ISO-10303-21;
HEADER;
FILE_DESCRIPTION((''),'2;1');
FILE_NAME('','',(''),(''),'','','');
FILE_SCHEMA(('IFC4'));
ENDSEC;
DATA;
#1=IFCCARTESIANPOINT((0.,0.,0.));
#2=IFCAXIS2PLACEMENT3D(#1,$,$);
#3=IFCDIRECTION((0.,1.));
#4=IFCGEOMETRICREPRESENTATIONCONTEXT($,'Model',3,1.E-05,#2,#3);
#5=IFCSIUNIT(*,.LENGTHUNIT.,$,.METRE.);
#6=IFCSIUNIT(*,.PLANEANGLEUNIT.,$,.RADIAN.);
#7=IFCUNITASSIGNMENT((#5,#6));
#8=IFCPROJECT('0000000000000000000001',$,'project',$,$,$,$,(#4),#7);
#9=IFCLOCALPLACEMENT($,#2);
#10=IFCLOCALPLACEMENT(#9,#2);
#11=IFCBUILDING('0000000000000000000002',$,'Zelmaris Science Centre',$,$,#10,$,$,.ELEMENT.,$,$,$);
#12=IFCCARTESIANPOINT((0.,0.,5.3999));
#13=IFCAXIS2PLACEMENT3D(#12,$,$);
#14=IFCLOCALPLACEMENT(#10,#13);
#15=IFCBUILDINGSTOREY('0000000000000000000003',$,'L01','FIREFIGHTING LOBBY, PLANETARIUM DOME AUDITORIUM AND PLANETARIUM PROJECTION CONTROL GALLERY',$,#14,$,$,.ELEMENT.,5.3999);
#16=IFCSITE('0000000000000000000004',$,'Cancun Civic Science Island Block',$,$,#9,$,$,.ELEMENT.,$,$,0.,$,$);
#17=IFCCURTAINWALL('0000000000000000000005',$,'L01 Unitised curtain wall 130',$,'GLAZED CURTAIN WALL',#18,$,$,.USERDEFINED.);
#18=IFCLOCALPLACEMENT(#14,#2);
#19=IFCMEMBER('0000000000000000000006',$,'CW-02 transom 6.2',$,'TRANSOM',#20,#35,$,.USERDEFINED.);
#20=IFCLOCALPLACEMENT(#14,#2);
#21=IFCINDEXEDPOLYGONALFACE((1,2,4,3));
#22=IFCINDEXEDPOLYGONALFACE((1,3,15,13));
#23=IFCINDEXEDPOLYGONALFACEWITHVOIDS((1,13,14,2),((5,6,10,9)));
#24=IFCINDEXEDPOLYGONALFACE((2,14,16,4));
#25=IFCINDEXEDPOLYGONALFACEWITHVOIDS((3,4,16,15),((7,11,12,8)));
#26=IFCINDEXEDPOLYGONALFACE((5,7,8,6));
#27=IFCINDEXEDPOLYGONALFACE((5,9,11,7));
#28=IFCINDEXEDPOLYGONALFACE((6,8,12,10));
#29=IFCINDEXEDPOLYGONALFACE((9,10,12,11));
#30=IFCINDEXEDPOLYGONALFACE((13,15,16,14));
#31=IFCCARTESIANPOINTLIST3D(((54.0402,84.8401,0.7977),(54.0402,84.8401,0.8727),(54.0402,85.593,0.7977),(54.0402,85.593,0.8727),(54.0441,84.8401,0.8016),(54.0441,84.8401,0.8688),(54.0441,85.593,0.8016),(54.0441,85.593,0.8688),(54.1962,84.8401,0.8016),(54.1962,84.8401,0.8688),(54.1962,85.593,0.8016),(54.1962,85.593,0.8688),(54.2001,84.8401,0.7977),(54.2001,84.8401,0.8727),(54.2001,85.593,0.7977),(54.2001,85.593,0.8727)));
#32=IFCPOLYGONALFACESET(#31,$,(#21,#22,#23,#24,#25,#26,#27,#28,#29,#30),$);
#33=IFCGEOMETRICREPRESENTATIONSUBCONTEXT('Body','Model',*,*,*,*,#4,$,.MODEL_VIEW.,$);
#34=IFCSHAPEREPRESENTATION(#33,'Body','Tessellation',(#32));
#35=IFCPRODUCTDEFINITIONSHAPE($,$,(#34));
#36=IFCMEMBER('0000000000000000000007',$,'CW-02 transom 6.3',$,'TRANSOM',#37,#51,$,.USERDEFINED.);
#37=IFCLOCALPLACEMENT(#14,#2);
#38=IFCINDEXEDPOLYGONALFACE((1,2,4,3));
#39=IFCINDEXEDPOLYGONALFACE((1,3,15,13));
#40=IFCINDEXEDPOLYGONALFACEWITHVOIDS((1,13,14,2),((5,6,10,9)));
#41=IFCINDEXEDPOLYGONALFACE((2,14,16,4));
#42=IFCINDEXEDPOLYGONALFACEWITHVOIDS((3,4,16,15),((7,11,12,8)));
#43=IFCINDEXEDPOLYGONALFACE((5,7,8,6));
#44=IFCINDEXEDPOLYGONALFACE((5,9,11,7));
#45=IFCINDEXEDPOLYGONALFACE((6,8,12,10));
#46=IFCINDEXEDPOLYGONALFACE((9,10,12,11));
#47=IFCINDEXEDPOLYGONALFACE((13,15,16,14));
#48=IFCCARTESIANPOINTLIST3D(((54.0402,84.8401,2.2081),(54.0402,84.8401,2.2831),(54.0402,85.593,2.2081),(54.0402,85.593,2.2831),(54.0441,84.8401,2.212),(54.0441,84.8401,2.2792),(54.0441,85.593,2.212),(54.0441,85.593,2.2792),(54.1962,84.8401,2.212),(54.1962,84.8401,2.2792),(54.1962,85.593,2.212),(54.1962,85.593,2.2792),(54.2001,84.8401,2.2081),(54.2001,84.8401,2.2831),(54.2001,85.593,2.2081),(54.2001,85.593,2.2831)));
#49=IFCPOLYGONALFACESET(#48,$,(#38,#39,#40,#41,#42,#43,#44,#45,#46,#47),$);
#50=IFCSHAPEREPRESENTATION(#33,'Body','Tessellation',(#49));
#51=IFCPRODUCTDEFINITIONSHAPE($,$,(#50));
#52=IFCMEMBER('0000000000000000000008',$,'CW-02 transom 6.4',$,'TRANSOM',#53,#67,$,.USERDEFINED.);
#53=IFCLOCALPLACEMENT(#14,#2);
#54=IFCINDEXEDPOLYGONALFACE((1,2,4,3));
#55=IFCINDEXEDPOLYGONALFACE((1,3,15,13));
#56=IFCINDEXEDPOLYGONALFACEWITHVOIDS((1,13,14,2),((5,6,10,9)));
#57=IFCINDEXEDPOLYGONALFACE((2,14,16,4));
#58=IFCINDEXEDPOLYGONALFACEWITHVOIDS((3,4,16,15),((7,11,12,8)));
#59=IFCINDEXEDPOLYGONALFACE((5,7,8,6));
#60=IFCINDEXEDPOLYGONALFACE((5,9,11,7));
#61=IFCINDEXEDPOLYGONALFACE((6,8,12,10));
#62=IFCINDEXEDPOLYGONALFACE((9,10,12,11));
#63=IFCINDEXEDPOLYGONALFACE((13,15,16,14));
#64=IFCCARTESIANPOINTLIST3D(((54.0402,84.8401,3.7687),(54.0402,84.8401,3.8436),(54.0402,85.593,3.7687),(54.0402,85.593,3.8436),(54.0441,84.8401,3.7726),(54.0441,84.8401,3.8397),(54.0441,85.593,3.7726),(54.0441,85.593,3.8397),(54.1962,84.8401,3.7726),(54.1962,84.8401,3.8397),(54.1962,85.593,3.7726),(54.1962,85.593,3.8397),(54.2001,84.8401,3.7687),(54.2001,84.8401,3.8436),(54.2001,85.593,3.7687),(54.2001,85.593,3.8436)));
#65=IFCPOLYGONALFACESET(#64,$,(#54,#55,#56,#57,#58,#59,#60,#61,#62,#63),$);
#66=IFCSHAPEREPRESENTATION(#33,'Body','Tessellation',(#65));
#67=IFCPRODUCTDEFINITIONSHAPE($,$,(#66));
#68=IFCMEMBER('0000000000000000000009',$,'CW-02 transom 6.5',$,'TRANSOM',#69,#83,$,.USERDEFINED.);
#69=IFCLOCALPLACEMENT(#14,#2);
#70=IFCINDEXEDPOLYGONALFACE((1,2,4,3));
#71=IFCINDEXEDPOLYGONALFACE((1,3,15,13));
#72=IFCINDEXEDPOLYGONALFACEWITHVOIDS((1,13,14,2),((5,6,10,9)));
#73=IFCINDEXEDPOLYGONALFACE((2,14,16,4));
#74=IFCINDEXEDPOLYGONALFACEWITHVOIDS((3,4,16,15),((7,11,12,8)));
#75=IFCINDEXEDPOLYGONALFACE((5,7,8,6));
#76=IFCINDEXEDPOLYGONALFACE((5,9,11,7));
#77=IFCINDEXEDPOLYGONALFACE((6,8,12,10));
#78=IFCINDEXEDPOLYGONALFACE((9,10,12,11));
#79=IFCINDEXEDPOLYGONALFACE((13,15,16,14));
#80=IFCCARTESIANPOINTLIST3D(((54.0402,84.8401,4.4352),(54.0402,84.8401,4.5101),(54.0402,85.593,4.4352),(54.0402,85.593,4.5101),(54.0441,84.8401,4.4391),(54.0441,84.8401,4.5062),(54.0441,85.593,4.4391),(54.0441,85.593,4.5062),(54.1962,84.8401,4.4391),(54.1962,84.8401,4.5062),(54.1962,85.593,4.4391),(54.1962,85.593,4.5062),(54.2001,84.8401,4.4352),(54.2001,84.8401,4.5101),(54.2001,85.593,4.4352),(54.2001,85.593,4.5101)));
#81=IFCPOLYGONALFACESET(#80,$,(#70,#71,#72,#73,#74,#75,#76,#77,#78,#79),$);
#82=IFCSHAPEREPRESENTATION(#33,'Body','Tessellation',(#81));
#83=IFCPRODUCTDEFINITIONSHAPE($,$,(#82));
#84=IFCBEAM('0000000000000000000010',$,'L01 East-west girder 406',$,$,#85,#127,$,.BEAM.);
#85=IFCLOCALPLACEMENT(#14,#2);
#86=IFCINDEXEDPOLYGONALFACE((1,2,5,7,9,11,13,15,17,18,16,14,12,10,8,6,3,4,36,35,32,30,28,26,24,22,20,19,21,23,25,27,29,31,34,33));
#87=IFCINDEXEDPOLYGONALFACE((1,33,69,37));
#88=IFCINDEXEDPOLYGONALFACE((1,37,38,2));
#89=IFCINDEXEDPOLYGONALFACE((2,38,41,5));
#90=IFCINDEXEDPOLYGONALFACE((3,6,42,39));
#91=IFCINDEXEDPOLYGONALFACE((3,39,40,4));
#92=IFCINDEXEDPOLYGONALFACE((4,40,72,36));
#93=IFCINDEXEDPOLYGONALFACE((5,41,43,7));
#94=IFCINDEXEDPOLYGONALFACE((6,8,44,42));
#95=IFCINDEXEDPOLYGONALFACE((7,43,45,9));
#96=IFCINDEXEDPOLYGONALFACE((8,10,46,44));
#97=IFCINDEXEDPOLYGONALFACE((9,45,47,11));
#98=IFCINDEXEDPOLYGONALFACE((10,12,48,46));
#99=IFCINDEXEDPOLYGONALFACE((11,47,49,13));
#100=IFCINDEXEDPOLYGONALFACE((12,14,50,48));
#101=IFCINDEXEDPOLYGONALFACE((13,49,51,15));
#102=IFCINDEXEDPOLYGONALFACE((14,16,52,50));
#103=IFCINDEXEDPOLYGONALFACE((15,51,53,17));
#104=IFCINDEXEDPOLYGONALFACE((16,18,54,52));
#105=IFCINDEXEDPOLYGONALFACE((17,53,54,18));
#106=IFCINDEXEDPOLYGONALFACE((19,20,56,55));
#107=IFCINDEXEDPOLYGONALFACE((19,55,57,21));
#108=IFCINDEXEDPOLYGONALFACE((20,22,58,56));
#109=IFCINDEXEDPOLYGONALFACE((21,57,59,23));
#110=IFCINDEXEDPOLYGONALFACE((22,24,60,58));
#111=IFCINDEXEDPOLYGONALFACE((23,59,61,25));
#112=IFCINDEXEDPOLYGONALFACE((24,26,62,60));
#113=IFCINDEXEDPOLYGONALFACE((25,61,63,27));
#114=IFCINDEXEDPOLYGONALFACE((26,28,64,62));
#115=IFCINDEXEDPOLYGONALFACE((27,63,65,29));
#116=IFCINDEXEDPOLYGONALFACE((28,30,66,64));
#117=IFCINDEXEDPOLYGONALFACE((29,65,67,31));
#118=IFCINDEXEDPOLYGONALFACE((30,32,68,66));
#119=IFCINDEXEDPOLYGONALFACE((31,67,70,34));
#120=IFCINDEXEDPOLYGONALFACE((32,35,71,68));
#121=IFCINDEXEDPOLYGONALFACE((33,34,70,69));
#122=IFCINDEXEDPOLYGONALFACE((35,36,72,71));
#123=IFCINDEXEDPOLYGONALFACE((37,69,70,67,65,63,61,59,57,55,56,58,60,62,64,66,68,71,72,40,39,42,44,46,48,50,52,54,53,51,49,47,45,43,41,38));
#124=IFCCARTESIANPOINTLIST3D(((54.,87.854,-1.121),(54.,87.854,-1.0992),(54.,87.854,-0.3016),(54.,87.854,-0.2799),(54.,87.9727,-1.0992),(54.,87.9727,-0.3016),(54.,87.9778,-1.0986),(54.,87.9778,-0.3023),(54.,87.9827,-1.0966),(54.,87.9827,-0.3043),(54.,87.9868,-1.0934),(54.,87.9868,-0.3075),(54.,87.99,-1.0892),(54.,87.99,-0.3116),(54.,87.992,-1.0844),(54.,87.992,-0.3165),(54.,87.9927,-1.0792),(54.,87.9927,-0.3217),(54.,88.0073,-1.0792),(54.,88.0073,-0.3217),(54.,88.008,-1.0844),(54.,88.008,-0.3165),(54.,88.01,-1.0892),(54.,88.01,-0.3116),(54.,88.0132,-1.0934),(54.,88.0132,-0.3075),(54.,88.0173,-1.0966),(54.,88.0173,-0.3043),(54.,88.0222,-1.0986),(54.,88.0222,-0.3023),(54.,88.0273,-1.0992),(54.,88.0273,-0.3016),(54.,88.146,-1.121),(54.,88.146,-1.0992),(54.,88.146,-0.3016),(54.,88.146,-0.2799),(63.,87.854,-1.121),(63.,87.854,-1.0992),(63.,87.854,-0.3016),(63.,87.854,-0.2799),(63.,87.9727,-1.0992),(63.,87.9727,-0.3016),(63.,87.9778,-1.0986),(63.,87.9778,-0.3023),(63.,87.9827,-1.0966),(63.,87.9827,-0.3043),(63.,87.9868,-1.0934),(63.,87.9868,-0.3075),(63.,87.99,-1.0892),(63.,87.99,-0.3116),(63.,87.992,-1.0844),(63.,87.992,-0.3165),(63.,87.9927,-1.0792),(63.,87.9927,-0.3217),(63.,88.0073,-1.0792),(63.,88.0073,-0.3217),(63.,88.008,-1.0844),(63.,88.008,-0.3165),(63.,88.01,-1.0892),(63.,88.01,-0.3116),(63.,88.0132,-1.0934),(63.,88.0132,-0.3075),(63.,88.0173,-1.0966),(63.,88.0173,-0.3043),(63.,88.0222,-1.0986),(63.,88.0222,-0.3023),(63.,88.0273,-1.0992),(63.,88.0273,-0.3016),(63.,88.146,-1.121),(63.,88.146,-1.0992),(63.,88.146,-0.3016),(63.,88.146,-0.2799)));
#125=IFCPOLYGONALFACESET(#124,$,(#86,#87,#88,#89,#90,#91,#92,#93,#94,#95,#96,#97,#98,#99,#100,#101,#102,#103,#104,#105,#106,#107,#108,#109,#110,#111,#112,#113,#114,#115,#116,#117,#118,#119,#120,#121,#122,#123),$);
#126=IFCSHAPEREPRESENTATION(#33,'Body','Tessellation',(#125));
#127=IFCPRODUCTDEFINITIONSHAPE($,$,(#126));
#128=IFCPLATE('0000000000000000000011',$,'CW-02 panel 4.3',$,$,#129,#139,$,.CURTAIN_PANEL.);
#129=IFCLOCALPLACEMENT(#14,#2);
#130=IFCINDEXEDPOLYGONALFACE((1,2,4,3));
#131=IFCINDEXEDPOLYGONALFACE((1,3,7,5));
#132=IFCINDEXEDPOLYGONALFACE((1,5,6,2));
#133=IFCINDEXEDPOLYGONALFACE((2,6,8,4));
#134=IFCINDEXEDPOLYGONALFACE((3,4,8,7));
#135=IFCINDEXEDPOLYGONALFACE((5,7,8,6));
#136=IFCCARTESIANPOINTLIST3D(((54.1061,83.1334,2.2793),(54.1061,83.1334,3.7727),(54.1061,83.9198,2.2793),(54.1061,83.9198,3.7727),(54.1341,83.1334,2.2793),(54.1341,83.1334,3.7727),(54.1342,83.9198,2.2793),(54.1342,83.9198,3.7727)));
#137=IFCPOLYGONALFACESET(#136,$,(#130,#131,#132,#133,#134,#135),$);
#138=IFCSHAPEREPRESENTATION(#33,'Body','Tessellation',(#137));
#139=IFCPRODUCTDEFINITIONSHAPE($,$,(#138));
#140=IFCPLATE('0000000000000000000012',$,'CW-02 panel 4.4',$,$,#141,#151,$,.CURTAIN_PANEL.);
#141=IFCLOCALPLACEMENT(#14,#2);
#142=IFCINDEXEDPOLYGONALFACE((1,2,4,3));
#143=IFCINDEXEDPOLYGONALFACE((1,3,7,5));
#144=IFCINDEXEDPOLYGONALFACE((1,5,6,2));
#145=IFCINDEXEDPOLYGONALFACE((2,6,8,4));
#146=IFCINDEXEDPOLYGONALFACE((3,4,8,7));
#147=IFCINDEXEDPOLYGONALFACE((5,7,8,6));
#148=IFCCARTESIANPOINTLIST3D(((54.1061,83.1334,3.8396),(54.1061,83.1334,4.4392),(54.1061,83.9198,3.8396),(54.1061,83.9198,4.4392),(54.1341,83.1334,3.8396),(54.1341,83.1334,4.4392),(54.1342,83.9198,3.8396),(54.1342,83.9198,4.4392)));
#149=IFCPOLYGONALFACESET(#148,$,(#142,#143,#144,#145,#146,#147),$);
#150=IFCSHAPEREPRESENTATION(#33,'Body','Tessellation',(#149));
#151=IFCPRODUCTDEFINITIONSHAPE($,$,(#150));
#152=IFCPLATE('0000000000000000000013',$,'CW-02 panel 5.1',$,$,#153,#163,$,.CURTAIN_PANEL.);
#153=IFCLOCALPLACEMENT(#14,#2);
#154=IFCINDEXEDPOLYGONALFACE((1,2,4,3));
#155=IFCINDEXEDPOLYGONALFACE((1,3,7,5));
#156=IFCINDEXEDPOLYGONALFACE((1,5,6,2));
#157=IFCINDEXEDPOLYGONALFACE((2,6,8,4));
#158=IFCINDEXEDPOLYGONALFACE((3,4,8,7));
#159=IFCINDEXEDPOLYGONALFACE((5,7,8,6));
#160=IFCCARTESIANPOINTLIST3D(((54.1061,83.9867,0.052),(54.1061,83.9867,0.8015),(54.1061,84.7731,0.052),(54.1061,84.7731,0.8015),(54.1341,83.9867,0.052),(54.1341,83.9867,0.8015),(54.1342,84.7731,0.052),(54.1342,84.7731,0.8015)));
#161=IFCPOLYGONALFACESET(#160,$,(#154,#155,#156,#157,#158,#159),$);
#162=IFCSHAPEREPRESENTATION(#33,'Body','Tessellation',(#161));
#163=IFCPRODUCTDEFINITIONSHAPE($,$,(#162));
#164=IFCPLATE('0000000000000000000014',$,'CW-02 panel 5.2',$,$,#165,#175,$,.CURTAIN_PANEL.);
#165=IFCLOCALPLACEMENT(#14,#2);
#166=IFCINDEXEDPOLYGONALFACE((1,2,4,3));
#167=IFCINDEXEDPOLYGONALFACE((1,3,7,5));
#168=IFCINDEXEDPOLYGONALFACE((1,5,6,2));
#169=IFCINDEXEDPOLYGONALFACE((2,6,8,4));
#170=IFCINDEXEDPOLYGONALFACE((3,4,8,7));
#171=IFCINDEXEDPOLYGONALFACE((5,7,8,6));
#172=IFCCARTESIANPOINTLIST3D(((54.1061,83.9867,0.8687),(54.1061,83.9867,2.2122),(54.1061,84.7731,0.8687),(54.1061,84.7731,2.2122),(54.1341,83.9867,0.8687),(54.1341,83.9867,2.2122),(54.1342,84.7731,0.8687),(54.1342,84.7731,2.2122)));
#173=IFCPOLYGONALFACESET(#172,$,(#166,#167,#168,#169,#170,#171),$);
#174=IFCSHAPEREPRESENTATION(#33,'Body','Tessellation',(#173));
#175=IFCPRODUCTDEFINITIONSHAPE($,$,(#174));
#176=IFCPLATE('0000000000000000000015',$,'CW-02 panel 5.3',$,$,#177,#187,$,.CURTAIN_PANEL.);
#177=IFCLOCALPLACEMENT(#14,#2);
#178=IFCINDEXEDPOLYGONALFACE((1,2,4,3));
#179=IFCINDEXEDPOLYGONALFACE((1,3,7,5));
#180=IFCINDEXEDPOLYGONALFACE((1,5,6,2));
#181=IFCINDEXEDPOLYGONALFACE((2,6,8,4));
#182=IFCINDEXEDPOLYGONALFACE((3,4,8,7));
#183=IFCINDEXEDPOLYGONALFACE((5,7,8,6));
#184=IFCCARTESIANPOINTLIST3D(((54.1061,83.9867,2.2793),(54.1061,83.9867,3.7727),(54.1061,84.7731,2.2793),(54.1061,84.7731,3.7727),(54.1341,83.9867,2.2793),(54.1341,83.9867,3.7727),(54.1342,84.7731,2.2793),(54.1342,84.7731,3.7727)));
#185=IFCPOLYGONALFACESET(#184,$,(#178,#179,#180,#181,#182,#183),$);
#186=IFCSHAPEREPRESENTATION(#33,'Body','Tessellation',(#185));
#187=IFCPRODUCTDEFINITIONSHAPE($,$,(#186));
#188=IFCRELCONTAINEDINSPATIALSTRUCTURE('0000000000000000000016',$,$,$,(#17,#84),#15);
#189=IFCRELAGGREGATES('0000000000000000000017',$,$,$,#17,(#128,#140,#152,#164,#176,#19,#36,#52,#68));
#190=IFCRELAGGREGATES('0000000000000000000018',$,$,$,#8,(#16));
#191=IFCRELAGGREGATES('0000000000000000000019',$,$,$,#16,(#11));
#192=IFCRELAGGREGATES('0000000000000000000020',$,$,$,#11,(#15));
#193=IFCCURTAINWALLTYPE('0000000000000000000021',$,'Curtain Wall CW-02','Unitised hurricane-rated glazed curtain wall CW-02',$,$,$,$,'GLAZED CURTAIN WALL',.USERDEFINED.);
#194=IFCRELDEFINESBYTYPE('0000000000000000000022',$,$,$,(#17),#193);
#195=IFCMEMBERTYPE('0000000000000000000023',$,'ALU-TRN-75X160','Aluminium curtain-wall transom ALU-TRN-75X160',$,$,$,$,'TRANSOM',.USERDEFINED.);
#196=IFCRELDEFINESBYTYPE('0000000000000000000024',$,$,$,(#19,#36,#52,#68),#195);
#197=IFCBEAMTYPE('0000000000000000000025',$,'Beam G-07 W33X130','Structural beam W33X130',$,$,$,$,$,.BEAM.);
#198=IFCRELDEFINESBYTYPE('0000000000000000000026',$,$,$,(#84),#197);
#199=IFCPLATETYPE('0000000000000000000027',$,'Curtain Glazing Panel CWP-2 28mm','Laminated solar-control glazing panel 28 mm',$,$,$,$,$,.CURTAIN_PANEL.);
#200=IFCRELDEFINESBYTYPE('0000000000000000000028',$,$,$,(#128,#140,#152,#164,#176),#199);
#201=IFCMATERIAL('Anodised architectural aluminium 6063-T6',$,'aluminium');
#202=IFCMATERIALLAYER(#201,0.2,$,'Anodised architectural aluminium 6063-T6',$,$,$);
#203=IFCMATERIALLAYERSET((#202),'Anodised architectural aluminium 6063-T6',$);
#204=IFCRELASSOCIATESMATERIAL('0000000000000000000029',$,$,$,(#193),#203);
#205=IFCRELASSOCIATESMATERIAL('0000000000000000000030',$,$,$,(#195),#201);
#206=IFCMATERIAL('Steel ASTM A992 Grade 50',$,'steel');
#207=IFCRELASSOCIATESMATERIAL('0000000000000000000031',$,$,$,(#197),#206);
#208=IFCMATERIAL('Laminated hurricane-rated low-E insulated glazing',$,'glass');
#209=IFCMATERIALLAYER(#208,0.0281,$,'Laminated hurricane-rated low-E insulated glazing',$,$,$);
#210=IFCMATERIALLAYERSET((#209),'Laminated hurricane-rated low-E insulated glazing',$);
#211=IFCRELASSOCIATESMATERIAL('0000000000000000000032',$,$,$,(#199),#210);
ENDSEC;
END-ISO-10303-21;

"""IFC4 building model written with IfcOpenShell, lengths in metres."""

from ifc_helpers import new_model, si_unit, direction, frame, origin, origin_2d, place, context, subcontext, project, spatial, rectangle, hollow_rectangle, i_section, extrude, material, layer, layer_set, material_profile, profile_set, type_object, element, aggregate, save


model = new_model("IFC4")

# Units and contexts
model_context = context("Model", 3, precision=1e-05, world=origin(), true_north=direction((0.0, 1.0)))
body_context = subcontext(model_context, "Body", "Model", "MODEL_VIEW")
ifc_project = project(units=[si_unit("LENGTHUNIT", "METRE"), si_unit("PLANEANGLEUNIT", "RADIAN")], contexts=[model_context])

# Site, building, storey
site_placement = place(None, origin())
site = spatial("IfcSite", under=ifc_project, at=site_placement, Name="Cancun Civic Science Island Block", CompositionType="ELEMENT", RefElevation=0.0)
building_placement = place(site_placement, origin())
building = spatial("IfcBuilding", under=site, at=building_placement, Name="Zelmaris Science Centre", CompositionType="ELEMENT")
storey_placement = place(building_placement, frame((0.0, 0.0, 5.3999)))
storey = spatial("IfcBuildingStorey", under=building, at=storey_placement, Name="L01", Description="FIREFIGHTING LOBBY, PLANETARIUM DOME AUDITORIUM AND PLANETARIUM PROJECTION CONTROL GALLERY", CompositionType="ELEMENT", Elevation=5.3999)

# Shared definitions
ifc_material_1 = material(Name="Steel ASTM A992 Grade 50", Category="steel")

# Curtain wall, members
ifc_material_2 = material(Name="Anodised architectural aluminium 6063-T6", Category="aluminium")
ifc_layer_1 = layer(ifc_material_2, 0.2, Name="Anodised architectural aluminium 6063-T6")
ifc_layer_set_1 = layer_set([ifc_layer_1], Name="Anodised architectural aluminium 6063-T6")
curtain_wall_type = type_object("IfcCurtainWallType", Name="Curtain Wall CW-02", Description="Unitised hurricane-rated glazed curtain wall CW-02", ElementType="GLAZED CURTAIN WALL", PredefinedType="USERDEFINED", material=ifc_layer_set_1)
curtain_wall_placement = place(storey_placement, origin())
curtain_wall = element("IfcCurtainWall", 1, at=curtain_wall_placement, inside=storey, type_object=curtain_wall_type, Name="L01 Unitised curtain wall 130", ObjectType="GLAZED CURTAIN WALL", PredefinedType="USERDEFINED")
ifc_material_profile_1 = material_profile(ifc_material_2, hollow_rectangle(XDim=0.075, YDim=0.1599, WallThickness=0.0039, at=origin_2d()), Name="ALU-TRN-75X160")
ifc_profile_set_1 = profile_set([ifc_material_profile_1], Name="Anodised architectural aluminium 6063-T6")
member_type_1 = type_object("IfcMemberType", Name="ALU-TRN-75X160", Description="Aluminium curtain-wall transom ALU-TRN-75X160", ElementType="TRANSOM", PredefinedType="USERDEFINED", material=ifc_profile_set_1)
member_1_placement = place(storey_placement, frame((54.1201, 84.8401, 0.8352), z_axis=(0.0, 1.0, 0.0), x_axis=(0.0, 0.0, 1.0)))
member_1 = element("IfcMember", 2, at=member_1_placement, type_object=member_type_1, Name="CW-02 transom 6.2", ObjectType="TRANSOM", PredefinedType="USERDEFINED", context=body_context, shape_type="SweptSolid", body=[
    extrude(hollow_rectangle(XDim=0.075, YDim=0.1599, WallThickness=0.0039, at=origin_2d()), origin(), (0.0, 0.0, 1.0), 0.7529),
])
member_2_placement = place(storey_placement, frame((54.1201, 84.8401, 2.2456), z_axis=(0.0, 1.0, 0.0), x_axis=(0.0, 0.0, 1.0)))
member_2 = element("IfcMember", 3, at=member_2_placement, type_object=member_type_1, Name="CW-02 transom 6.3", ObjectType="TRANSOM", PredefinedType="USERDEFINED", context=body_context, shape_type="SweptSolid", body=[
    extrude(hollow_rectangle(XDim=0.075, YDim=0.1599, WallThickness=0.0039, at=origin_2d()), origin(), (0.0, 0.0, 1.0), 0.7529),
])
member_3_placement = place(storey_placement, frame((54.1201, 84.8401, 3.8062), z_axis=(0.0, 1.0, 0.0), x_axis=(0.0, 0.0, 1.0)))
member_3 = element("IfcMember", 4, at=member_3_placement, type_object=member_type_1, Name="CW-02 transom 6.4", ObjectType="TRANSOM", PredefinedType="USERDEFINED", context=body_context, shape_type="SweptSolid", body=[
    extrude(hollow_rectangle(XDim=0.075, YDim=0.1599, WallThickness=0.0039, at=origin_2d()), origin(), (0.0, 0.0, 1.0), 0.7529),
])
member_4_placement = place(storey_placement, frame((54.1201, 84.8401, 4.4727), z_axis=(0.0, 1.0, 0.0), x_axis=(0.0, 0.0, 1.0)))
member_4 = element("IfcMember", 5, at=member_4_placement, type_object=member_type_1, Name="CW-02 transom 6.5", ObjectType="TRANSOM", PredefinedType="USERDEFINED", context=body_context, shape_type="SweptSolid", body=[
    extrude(hollow_rectangle(XDim=0.075, YDim=0.1599, WallThickness=0.0039, at=origin_2d()), origin(), (0.0, 0.0, 1.0), 0.7529),
])

# Beam
ifc_material_profile_2 = material_profile(ifc_material_1, i_section(OverallWidth=0.292, OverallDepth=0.8411, WebThickness=0.0146, FlangeThickness=0.0217, FilletRadius=0.02, at=origin_2d()), Name="W33X130")
ifc_profile_set_2 = profile_set([ifc_material_profile_2], Name="Steel ASTM A992 Grade 50")
beam_type = type_object("IfcBeamType", Name="Beam G-07 W33X130", Description="Structural beam W33X130", PredefinedType="BEAM", material=ifc_profile_set_2)
beam_placement = place(storey_placement, frame((54.0, 88.0, -0.7004), z_axis=(1.0, 0.0, 0.0), x_axis=(0.0, 1.0, 0.0)))
element("IfcBeam", 6, at=beam_placement, inside=storey, type_object=beam_type, Name="L01 East-west girder 406", PredefinedType="BEAM", context=body_context, shape_type="SweptSolid", body=[
    extrude(i_section(OverallWidth=0.292, OverallDepth=0.8411, WebThickness=0.0146, FlangeThickness=0.0217, FilletRadius=0.02, at=origin_2d()), origin(), (0.0, 0.0, 1.0), 9.0),
])

# Plates
ifc_material_3 = material(Name="Laminated hurricane-rated low-E insulated glazing", Category="glass")
ifc_layer_2 = layer(ifc_material_3, 0.0281, Name="Laminated hurricane-rated low-E insulated glazing")
ifc_layer_set_2 = layer_set([ifc_layer_2], Name="Laminated hurricane-rated low-E insulated glazing")
plate_type = type_object("IfcPlateType", Name="Curtain Glazing Panel CWP-2 28mm", Description="Laminated solar-control glazing panel 28 mm", PredefinedType="CURTAIN_PANEL", material=ifc_layer_set_2)
plate_1_placement = place(storey_placement, frame((54.1201, 83.5266, 2.2793), z_axis=(0.0, 0.0, 1.0), x_axis=(0.00002, 1.0, 0.0)))
plate_1 = element("IfcPlate", 7, at=plate_1_placement, type_object=plate_type, Name="CW-02 panel 4.3", PredefinedType="CURTAIN_PANEL", context=body_context, shape_type="SweptSolid", body=[
    extrude(rectangle(XDim=0.7864, YDim=0.0281, at=origin_2d()), origin(), (0.0, 0.0, 1.0), 1.4934),
])
plate_2_placement = place(storey_placement, frame((54.1201, 83.5266, 3.8396), z_axis=(0.0, 0.0, 1.0), x_axis=(0.00002, 1.0, 0.0)))
plate_2 = element("IfcPlate", 8, at=plate_2_placement, type_object=plate_type, Name="CW-02 panel 4.4", PredefinedType="CURTAIN_PANEL", context=body_context, shape_type="SweptSolid", body=[
    extrude(rectangle(XDim=0.7864, YDim=0.0281, at=origin_2d()), origin(), (0.0, 0.0, 1.0), 0.5996),
])
plate_3_placement = place(storey_placement, frame((54.1201, 84.3799, 0.052), z_axis=(0.0, 0.0, 1.0), x_axis=(0.00002, 1.0, 0.0)))
plate_3 = element("IfcPlate", 9, at=plate_3_placement, type_object=plate_type, Name="CW-02 panel 5.1", PredefinedType="CURTAIN_PANEL", context=body_context, shape_type="SweptSolid", body=[
    extrude(rectangle(XDim=0.7864, YDim=0.0281, at=origin_2d()), origin(), (0.0, 0.0, 1.0), 0.7495),
])
plate_4_placement = place(storey_placement, frame((54.1201, 84.3799, 0.8687), z_axis=(0.0, 0.0, 1.0), x_axis=(0.00002, 1.0, 0.0)))
plate_4 = element("IfcPlate", 10, at=plate_4_placement, type_object=plate_type, Name="CW-02 panel 5.2", PredefinedType="CURTAIN_PANEL", context=body_context, shape_type="SweptSolid", body=[
    extrude(rectangle(XDim=0.7864, YDim=0.0281, at=origin_2d()), origin(), (0.0, 0.0, 1.0), 1.3435),
])
plate_5_placement = place(storey_placement, frame((54.1201, 84.3799, 2.2793), z_axis=(0.0, 0.0, 1.0), x_axis=(0.00002, 1.0, 0.0)))
plate_5 = element("IfcPlate", 11, at=plate_5_placement, type_object=plate_type, Name="CW-02 panel 5.3", PredefinedType="CURTAIN_PANEL", context=body_context, shape_type="SweptSolid", body=[
    extrude(rectangle(XDim=0.7864, YDim=0.0281, at=origin_2d()), origin(), (0.0, 0.0, 1.0), 1.4934),
])
aggregate(curtain_wall, [plate_1, plate_2, plate_3, plate_4, plate_5, member_1, member_2, member_3, member_4])

save(model, "model.ifc")
